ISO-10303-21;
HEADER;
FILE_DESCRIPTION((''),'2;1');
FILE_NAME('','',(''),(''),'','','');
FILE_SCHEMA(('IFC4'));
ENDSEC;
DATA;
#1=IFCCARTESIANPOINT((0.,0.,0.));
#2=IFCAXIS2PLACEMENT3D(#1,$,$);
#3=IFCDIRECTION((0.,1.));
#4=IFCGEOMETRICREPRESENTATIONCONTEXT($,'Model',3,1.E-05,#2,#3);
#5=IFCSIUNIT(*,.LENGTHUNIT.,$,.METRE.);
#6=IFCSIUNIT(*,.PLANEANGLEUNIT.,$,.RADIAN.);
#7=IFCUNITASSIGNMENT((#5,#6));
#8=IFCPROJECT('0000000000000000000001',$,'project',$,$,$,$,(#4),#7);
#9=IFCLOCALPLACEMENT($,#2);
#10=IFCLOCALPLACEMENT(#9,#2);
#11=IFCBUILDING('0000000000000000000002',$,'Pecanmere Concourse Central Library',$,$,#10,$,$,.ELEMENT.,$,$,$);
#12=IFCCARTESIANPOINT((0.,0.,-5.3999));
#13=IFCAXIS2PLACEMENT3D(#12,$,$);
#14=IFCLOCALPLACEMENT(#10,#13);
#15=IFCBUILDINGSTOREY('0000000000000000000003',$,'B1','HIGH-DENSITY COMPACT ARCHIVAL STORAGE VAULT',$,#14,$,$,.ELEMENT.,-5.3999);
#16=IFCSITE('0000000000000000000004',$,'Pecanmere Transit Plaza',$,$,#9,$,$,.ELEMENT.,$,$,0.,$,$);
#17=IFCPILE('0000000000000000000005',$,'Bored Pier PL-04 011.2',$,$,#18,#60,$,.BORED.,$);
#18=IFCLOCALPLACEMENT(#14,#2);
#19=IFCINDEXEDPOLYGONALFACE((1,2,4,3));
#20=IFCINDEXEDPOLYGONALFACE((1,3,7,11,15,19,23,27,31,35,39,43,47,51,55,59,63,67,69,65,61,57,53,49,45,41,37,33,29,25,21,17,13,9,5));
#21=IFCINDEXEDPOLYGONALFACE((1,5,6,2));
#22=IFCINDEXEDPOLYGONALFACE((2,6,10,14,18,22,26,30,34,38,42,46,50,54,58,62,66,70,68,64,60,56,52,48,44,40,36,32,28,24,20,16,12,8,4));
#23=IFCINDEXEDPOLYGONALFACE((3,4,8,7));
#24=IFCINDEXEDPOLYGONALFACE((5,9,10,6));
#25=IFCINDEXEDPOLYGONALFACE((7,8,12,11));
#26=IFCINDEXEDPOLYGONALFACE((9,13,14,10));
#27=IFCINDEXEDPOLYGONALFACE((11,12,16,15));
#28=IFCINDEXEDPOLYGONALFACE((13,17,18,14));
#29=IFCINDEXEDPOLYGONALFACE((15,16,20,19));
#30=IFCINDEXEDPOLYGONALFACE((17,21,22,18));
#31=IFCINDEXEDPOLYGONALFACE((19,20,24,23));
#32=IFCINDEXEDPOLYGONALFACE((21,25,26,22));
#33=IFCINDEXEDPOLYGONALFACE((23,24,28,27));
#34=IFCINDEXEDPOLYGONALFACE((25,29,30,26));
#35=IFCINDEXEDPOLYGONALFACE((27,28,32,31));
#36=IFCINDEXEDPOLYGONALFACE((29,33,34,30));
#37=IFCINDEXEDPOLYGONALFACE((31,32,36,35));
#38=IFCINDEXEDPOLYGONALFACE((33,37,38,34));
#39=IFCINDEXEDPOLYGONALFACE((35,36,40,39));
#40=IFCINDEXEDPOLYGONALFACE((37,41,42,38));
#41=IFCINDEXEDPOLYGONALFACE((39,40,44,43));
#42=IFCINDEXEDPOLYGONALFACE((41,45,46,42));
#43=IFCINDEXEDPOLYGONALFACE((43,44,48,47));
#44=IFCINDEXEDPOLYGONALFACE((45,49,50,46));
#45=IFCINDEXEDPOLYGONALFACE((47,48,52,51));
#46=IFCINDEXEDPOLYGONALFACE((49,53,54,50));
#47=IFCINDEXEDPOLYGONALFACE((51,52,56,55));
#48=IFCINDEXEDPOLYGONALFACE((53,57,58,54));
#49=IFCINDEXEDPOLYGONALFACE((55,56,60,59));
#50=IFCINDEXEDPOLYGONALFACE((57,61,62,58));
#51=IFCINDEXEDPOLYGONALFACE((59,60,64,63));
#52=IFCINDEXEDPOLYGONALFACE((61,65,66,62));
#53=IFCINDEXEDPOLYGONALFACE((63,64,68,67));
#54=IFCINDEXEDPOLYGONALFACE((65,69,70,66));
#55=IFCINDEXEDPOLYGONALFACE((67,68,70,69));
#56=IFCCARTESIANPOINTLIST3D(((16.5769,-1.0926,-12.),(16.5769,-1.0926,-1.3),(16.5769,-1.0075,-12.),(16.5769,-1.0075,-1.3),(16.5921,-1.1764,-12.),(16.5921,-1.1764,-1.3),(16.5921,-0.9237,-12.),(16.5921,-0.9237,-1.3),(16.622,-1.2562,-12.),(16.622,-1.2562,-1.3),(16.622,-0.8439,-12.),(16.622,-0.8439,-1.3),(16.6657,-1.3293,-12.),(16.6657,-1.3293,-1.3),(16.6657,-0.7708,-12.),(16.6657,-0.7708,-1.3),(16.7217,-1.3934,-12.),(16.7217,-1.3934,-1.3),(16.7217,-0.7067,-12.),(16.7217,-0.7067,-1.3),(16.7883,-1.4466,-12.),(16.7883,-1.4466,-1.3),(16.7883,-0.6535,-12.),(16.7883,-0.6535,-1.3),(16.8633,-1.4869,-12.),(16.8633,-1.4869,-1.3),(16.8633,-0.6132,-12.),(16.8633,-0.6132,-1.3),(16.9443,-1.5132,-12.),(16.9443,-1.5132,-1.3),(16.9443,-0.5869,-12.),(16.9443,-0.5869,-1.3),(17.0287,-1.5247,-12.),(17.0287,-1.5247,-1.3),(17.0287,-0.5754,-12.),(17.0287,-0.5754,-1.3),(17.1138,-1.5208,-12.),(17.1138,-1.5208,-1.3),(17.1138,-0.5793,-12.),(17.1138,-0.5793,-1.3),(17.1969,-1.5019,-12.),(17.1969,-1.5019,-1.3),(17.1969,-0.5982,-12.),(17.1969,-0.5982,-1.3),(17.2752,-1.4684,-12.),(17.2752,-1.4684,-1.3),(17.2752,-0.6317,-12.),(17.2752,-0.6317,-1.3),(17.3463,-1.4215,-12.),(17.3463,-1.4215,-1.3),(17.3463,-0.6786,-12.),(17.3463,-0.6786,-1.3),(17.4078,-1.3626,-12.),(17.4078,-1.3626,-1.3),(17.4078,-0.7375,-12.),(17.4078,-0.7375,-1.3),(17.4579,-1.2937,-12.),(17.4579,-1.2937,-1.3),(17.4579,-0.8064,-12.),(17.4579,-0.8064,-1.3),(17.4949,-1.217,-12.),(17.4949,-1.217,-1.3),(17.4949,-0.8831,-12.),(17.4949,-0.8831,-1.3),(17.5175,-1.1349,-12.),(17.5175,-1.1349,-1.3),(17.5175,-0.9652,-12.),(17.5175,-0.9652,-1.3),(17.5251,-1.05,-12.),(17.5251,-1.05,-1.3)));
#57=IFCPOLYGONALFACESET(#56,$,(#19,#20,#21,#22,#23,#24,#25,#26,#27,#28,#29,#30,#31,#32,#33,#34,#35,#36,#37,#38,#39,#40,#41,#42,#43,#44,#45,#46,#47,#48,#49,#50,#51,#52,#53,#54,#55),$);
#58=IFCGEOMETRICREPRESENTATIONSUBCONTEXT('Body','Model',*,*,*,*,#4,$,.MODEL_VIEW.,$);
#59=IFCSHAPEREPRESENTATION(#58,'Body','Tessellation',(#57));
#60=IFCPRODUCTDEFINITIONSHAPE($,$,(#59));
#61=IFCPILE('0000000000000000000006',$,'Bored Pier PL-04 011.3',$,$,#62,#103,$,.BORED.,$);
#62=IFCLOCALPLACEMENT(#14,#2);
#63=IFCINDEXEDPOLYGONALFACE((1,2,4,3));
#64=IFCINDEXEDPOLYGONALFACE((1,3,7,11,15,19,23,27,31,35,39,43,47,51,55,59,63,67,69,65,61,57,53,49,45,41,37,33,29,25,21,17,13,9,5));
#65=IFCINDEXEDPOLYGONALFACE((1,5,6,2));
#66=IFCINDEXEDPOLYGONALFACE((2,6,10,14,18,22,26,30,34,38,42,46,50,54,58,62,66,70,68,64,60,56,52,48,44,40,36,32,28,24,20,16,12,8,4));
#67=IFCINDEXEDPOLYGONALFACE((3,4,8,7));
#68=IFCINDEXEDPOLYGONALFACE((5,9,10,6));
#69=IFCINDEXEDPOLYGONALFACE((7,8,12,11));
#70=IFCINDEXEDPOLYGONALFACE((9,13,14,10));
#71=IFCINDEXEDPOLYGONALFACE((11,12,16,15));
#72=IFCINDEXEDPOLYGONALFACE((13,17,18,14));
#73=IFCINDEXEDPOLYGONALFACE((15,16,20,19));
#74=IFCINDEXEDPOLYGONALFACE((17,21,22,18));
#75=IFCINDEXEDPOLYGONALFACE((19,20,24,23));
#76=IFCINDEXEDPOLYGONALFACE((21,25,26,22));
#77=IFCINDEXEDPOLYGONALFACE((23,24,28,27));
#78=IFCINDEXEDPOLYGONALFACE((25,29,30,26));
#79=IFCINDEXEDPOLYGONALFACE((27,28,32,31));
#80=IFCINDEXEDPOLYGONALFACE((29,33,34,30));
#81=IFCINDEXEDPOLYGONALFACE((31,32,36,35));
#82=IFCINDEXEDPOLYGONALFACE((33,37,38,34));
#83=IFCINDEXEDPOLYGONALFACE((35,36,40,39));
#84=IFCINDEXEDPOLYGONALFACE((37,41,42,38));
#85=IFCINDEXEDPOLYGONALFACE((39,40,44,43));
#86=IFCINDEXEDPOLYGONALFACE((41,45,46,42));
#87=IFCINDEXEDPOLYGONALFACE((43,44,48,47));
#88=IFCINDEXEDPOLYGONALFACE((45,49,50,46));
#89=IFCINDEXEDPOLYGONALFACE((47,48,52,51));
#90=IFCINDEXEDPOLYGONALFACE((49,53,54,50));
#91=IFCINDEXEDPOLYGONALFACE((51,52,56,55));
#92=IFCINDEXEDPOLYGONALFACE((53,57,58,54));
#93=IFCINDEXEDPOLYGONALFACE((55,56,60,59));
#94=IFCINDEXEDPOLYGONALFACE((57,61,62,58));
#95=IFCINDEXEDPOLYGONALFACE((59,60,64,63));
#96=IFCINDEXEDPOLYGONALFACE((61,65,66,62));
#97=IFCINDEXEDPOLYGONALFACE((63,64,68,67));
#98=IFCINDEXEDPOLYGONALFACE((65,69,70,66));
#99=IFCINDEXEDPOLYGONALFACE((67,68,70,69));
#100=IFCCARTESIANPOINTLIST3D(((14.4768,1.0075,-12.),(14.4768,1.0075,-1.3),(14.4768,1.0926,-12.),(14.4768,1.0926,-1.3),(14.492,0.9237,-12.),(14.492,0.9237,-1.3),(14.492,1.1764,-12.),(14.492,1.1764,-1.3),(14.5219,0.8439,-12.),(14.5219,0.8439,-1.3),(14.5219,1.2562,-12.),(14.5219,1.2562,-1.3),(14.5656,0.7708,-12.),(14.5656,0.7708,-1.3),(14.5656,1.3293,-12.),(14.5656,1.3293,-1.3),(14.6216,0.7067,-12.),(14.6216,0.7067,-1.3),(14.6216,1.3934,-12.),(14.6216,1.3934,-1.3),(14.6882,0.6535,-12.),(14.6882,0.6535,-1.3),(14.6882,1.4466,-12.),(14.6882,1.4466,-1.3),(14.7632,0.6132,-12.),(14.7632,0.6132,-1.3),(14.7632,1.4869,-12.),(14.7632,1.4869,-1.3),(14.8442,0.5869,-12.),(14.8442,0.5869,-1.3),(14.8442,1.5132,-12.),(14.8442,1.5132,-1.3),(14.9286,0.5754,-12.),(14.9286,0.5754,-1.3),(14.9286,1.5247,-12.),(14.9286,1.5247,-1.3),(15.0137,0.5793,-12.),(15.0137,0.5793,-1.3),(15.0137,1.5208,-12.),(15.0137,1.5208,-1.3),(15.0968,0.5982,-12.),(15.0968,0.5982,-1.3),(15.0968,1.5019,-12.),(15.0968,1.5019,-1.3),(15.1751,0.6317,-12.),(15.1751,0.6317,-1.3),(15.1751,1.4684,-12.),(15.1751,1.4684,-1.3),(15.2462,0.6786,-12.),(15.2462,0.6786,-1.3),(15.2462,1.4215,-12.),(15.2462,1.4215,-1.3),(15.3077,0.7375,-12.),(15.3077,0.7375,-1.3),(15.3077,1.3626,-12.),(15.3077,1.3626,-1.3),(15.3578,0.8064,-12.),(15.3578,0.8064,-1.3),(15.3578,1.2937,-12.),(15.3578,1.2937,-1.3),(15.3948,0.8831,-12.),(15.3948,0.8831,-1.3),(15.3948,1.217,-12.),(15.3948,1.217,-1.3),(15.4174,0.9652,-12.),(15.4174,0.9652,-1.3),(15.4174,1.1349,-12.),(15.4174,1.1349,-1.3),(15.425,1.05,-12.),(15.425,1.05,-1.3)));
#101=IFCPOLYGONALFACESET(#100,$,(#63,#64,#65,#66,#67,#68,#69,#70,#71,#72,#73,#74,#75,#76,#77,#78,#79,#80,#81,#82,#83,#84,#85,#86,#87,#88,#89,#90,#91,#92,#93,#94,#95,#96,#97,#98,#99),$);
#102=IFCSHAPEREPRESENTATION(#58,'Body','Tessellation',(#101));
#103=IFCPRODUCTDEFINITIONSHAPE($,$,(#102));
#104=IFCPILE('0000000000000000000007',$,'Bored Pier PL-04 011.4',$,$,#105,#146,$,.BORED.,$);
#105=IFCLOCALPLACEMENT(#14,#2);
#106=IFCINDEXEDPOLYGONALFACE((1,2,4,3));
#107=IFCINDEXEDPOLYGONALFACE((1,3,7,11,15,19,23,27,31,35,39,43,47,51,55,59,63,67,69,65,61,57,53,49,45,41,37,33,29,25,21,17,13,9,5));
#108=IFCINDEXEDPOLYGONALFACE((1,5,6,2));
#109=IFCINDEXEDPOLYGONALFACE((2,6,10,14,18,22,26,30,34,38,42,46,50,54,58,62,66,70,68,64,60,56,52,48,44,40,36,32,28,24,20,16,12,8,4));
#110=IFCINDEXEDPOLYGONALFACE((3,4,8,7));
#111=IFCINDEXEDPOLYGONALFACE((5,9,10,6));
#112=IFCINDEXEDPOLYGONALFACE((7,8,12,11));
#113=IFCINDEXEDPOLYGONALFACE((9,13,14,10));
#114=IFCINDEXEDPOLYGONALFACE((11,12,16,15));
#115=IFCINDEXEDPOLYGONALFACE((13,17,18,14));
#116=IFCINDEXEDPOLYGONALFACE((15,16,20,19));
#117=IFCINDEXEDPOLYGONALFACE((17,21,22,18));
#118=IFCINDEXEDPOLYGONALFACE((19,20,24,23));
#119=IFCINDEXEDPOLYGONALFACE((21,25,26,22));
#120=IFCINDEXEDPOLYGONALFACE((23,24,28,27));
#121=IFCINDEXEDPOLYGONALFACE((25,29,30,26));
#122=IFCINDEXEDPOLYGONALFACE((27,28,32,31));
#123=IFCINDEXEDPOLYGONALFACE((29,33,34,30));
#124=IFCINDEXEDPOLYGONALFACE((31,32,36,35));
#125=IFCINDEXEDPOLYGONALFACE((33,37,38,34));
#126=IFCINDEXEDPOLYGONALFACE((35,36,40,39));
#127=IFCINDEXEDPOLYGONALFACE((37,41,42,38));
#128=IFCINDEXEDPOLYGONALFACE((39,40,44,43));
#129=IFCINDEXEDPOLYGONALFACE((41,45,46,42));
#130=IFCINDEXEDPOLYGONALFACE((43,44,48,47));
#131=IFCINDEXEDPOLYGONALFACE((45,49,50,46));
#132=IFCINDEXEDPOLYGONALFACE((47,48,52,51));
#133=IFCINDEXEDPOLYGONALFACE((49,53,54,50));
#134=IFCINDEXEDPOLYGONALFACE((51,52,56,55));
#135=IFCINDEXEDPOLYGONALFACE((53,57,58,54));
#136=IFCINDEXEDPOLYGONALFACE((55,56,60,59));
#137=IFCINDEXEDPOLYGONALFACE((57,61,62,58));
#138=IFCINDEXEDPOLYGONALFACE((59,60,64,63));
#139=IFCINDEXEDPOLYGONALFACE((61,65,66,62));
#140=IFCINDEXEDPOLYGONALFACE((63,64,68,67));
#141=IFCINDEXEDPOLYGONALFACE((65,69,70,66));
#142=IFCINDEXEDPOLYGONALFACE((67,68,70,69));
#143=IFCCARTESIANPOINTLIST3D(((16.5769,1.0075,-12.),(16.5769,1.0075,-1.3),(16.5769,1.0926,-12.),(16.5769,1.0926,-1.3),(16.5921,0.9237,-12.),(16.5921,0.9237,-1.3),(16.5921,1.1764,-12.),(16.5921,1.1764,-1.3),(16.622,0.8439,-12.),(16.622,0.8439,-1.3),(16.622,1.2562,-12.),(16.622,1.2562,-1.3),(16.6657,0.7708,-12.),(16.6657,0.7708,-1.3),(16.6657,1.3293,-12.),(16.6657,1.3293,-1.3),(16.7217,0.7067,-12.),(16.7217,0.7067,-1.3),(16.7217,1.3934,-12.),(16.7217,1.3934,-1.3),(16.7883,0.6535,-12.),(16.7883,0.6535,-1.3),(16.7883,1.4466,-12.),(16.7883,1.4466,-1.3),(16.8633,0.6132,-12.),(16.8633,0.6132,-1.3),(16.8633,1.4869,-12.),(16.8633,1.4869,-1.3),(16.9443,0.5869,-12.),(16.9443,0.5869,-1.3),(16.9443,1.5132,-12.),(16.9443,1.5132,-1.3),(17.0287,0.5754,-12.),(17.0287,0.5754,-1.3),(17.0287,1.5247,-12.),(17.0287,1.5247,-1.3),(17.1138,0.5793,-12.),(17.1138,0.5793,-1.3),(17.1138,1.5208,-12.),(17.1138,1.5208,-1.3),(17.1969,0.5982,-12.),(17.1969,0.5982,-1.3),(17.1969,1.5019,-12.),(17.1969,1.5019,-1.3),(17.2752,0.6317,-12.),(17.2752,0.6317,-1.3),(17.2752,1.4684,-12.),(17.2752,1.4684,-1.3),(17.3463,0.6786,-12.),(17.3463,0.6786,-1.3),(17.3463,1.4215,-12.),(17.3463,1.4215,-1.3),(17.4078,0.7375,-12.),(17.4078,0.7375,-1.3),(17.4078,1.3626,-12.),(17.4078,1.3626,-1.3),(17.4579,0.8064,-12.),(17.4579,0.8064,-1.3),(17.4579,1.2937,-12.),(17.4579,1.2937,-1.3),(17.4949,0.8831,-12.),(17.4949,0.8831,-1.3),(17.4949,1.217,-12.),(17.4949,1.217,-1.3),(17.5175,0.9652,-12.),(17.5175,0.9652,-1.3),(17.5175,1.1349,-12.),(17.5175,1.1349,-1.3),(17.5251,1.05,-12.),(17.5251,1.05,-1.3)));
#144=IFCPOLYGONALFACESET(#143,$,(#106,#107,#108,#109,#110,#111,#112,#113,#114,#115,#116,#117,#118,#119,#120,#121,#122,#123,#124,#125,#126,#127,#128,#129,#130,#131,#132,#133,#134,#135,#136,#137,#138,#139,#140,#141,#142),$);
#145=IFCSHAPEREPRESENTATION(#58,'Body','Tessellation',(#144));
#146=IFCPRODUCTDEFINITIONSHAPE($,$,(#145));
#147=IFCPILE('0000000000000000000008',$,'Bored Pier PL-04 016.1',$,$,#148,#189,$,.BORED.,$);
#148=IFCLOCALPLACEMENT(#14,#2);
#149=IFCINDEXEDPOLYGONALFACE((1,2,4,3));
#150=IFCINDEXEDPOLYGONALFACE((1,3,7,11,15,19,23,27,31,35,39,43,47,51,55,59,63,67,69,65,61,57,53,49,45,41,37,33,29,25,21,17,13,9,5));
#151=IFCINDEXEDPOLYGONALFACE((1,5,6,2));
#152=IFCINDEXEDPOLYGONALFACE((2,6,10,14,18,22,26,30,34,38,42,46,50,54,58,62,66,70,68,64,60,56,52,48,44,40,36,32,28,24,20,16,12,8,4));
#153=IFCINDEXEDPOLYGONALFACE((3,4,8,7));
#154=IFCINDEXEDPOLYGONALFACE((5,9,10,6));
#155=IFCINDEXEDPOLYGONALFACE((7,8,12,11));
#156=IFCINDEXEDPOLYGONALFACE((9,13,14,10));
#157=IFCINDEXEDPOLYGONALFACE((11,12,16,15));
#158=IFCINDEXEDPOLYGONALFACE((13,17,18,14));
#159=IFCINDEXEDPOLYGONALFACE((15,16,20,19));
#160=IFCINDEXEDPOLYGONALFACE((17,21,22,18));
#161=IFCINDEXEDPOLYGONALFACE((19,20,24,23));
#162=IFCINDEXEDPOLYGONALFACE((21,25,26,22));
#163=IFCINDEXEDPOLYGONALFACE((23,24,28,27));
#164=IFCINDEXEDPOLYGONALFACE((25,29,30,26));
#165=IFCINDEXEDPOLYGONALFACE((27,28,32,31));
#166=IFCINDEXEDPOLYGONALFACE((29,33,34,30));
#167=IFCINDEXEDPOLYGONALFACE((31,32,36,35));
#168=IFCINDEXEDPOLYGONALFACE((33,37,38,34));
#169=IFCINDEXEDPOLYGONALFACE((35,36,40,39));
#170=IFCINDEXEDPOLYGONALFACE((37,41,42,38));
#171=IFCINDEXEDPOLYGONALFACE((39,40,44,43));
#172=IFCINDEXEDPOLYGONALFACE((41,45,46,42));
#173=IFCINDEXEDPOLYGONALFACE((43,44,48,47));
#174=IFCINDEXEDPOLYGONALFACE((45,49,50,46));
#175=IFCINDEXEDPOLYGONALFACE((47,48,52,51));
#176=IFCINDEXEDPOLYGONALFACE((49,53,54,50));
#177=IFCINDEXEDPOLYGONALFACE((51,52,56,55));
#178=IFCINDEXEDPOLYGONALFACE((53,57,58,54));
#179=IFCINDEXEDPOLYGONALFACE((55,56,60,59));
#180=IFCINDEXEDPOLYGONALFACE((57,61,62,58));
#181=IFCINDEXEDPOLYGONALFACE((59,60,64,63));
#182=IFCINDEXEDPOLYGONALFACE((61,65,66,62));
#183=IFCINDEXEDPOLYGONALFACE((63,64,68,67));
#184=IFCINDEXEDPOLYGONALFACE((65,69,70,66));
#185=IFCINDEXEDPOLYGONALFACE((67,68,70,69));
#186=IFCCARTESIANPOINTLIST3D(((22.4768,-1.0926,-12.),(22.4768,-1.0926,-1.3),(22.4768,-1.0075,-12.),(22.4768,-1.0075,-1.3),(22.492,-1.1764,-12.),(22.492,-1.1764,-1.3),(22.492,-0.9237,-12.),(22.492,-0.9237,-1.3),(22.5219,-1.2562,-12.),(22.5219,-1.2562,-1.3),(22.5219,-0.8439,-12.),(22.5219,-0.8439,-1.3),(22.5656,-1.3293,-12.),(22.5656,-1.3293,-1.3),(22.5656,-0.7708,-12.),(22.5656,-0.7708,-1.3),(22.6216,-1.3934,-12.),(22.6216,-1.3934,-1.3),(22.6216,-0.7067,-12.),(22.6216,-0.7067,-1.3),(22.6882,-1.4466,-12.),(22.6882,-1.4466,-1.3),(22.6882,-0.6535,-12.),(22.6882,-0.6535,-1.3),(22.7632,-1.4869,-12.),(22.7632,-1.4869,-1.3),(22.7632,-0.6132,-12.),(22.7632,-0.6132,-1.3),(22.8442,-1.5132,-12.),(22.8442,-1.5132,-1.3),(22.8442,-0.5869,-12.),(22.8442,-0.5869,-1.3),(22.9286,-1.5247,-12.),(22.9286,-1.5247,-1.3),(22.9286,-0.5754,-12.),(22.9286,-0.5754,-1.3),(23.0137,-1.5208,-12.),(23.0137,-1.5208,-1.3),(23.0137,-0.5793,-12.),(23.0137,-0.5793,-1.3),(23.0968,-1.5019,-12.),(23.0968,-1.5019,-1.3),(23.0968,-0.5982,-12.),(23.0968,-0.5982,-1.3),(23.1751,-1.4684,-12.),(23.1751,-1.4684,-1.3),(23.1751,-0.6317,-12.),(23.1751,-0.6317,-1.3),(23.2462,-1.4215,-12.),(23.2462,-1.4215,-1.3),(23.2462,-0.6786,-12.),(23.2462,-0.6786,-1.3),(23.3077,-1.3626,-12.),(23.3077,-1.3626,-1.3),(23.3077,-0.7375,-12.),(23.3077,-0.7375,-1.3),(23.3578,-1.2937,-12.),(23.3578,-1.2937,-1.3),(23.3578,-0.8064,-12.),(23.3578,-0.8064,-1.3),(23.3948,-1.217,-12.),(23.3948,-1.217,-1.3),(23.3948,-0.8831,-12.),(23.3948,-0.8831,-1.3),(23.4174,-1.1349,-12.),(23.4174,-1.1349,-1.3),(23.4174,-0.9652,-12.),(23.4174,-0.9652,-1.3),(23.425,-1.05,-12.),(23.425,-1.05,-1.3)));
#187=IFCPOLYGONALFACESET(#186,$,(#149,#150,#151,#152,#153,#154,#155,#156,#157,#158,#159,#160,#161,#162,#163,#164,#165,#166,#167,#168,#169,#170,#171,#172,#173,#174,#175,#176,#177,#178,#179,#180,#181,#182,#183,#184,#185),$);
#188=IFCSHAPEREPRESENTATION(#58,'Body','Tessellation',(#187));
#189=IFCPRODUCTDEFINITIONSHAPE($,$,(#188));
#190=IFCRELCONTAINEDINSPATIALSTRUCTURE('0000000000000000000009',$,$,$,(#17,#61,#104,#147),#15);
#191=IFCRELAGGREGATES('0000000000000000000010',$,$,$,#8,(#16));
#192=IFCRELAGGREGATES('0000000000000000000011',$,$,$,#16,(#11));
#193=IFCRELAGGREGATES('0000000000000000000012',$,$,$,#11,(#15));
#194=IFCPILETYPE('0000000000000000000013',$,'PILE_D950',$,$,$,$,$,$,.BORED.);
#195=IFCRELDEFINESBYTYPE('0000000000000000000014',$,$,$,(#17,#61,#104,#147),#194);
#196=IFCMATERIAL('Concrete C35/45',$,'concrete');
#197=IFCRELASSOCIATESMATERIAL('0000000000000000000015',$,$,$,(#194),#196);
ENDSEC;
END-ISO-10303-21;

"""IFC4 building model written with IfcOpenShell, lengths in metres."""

from ifc_helpers import new_model, si_unit, direction, frame, origin, origin_2d, place, context, subcontext, project, spatial, circle, extrude, material, material_profile, profile_set, type_object, element, save


model = new_model("IFC4")

# Units and contexts
model_context = context("Model", 3, precision=1e-05, world=origin(), true_north=direction((0.0, 1.0)))
body_context = subcontext(model_context, "Body", "Model", "MODEL_VIEW")
ifc_project = project(units=[si_unit("LENGTHUNIT", "METRE"), si_unit("PLANEANGLEUNIT", "RADIAN")], contexts=[model_context])

# Site, building, storey
site_placement = place(None, origin())
site = spatial("IfcSite", under=ifc_project, at=site_placement, Name="Pecanmere Transit Plaza", CompositionType="ELEMENT", RefElevation=0.0)
building_placement = place(site_placement, origin())
building = spatial("IfcBuilding", under=site, at=building_placement, Name="Pecanmere Concourse Central Library", CompositionType="ELEMENT")
storey_placement = place(building_placement, frame((0.0, 0.0, -5.3999)))
storey = spatial("IfcBuildingStorey", under=building, at=storey_placement, Name="B1", Description="HIGH-DENSITY COMPACT ARCHIVAL STORAGE VAULT", CompositionType="ELEMENT", Elevation=-5.3999)

# Piles
ifc_material_1 = material(Name="Concrete C35/45", Category="concrete")
ifc_material_profile_1 = material_profile(ifc_material_1, circle(Radius=0.4751, at=origin_2d()), Name="PIER D950")
ifc_profile_set_1 = profile_set([ifc_material_profile_1], Name="Concrete C35/45")
pile_type = type_object("IfcPileType", Name="PILE_D950", PredefinedType="BORED", material=ifc_profile_set_1)
for number, where, z_axis, x_axis, name in (
    (1, (17.05, -1.05, -1.3), (0.0, 0.0, -1.0), (1.0, 0.0, 0.0), "Bored Pier PL-04 011.2"),
    (2, (14.95, 1.05, -1.3), (0.0, 0.0, -1.0), (1.0, 0.0, 0.0), "Bored Pier PL-04 011.3"),
    (3, (17.05, 1.05, -1.3), (0.0, 0.0, -1.0), (1.0, 0.0, 0.0), "Bored Pier PL-04 011.4"),
    (4, (22.95, -1.05, -1.3), (0.0, 0.0, -1.0), (1.0, 0.0, 0.0), "Bored Pier PL-04 016.1"),
):
    element("IfcPile", number, at=place(storey_placement, frame(where, z_axis=z_axis, x_axis=x_axis)), inside=storey, type_object=pile_type, Name=name, PredefinedType="BORED", context=body_context, shape_type="SweptSolid", body=[
        extrude(circle(Radius=0.4751, at=origin_2d()), origin(), (0.0, 0.0, 1.0), 10.7),
    ])

save(model, "model.ifc")
